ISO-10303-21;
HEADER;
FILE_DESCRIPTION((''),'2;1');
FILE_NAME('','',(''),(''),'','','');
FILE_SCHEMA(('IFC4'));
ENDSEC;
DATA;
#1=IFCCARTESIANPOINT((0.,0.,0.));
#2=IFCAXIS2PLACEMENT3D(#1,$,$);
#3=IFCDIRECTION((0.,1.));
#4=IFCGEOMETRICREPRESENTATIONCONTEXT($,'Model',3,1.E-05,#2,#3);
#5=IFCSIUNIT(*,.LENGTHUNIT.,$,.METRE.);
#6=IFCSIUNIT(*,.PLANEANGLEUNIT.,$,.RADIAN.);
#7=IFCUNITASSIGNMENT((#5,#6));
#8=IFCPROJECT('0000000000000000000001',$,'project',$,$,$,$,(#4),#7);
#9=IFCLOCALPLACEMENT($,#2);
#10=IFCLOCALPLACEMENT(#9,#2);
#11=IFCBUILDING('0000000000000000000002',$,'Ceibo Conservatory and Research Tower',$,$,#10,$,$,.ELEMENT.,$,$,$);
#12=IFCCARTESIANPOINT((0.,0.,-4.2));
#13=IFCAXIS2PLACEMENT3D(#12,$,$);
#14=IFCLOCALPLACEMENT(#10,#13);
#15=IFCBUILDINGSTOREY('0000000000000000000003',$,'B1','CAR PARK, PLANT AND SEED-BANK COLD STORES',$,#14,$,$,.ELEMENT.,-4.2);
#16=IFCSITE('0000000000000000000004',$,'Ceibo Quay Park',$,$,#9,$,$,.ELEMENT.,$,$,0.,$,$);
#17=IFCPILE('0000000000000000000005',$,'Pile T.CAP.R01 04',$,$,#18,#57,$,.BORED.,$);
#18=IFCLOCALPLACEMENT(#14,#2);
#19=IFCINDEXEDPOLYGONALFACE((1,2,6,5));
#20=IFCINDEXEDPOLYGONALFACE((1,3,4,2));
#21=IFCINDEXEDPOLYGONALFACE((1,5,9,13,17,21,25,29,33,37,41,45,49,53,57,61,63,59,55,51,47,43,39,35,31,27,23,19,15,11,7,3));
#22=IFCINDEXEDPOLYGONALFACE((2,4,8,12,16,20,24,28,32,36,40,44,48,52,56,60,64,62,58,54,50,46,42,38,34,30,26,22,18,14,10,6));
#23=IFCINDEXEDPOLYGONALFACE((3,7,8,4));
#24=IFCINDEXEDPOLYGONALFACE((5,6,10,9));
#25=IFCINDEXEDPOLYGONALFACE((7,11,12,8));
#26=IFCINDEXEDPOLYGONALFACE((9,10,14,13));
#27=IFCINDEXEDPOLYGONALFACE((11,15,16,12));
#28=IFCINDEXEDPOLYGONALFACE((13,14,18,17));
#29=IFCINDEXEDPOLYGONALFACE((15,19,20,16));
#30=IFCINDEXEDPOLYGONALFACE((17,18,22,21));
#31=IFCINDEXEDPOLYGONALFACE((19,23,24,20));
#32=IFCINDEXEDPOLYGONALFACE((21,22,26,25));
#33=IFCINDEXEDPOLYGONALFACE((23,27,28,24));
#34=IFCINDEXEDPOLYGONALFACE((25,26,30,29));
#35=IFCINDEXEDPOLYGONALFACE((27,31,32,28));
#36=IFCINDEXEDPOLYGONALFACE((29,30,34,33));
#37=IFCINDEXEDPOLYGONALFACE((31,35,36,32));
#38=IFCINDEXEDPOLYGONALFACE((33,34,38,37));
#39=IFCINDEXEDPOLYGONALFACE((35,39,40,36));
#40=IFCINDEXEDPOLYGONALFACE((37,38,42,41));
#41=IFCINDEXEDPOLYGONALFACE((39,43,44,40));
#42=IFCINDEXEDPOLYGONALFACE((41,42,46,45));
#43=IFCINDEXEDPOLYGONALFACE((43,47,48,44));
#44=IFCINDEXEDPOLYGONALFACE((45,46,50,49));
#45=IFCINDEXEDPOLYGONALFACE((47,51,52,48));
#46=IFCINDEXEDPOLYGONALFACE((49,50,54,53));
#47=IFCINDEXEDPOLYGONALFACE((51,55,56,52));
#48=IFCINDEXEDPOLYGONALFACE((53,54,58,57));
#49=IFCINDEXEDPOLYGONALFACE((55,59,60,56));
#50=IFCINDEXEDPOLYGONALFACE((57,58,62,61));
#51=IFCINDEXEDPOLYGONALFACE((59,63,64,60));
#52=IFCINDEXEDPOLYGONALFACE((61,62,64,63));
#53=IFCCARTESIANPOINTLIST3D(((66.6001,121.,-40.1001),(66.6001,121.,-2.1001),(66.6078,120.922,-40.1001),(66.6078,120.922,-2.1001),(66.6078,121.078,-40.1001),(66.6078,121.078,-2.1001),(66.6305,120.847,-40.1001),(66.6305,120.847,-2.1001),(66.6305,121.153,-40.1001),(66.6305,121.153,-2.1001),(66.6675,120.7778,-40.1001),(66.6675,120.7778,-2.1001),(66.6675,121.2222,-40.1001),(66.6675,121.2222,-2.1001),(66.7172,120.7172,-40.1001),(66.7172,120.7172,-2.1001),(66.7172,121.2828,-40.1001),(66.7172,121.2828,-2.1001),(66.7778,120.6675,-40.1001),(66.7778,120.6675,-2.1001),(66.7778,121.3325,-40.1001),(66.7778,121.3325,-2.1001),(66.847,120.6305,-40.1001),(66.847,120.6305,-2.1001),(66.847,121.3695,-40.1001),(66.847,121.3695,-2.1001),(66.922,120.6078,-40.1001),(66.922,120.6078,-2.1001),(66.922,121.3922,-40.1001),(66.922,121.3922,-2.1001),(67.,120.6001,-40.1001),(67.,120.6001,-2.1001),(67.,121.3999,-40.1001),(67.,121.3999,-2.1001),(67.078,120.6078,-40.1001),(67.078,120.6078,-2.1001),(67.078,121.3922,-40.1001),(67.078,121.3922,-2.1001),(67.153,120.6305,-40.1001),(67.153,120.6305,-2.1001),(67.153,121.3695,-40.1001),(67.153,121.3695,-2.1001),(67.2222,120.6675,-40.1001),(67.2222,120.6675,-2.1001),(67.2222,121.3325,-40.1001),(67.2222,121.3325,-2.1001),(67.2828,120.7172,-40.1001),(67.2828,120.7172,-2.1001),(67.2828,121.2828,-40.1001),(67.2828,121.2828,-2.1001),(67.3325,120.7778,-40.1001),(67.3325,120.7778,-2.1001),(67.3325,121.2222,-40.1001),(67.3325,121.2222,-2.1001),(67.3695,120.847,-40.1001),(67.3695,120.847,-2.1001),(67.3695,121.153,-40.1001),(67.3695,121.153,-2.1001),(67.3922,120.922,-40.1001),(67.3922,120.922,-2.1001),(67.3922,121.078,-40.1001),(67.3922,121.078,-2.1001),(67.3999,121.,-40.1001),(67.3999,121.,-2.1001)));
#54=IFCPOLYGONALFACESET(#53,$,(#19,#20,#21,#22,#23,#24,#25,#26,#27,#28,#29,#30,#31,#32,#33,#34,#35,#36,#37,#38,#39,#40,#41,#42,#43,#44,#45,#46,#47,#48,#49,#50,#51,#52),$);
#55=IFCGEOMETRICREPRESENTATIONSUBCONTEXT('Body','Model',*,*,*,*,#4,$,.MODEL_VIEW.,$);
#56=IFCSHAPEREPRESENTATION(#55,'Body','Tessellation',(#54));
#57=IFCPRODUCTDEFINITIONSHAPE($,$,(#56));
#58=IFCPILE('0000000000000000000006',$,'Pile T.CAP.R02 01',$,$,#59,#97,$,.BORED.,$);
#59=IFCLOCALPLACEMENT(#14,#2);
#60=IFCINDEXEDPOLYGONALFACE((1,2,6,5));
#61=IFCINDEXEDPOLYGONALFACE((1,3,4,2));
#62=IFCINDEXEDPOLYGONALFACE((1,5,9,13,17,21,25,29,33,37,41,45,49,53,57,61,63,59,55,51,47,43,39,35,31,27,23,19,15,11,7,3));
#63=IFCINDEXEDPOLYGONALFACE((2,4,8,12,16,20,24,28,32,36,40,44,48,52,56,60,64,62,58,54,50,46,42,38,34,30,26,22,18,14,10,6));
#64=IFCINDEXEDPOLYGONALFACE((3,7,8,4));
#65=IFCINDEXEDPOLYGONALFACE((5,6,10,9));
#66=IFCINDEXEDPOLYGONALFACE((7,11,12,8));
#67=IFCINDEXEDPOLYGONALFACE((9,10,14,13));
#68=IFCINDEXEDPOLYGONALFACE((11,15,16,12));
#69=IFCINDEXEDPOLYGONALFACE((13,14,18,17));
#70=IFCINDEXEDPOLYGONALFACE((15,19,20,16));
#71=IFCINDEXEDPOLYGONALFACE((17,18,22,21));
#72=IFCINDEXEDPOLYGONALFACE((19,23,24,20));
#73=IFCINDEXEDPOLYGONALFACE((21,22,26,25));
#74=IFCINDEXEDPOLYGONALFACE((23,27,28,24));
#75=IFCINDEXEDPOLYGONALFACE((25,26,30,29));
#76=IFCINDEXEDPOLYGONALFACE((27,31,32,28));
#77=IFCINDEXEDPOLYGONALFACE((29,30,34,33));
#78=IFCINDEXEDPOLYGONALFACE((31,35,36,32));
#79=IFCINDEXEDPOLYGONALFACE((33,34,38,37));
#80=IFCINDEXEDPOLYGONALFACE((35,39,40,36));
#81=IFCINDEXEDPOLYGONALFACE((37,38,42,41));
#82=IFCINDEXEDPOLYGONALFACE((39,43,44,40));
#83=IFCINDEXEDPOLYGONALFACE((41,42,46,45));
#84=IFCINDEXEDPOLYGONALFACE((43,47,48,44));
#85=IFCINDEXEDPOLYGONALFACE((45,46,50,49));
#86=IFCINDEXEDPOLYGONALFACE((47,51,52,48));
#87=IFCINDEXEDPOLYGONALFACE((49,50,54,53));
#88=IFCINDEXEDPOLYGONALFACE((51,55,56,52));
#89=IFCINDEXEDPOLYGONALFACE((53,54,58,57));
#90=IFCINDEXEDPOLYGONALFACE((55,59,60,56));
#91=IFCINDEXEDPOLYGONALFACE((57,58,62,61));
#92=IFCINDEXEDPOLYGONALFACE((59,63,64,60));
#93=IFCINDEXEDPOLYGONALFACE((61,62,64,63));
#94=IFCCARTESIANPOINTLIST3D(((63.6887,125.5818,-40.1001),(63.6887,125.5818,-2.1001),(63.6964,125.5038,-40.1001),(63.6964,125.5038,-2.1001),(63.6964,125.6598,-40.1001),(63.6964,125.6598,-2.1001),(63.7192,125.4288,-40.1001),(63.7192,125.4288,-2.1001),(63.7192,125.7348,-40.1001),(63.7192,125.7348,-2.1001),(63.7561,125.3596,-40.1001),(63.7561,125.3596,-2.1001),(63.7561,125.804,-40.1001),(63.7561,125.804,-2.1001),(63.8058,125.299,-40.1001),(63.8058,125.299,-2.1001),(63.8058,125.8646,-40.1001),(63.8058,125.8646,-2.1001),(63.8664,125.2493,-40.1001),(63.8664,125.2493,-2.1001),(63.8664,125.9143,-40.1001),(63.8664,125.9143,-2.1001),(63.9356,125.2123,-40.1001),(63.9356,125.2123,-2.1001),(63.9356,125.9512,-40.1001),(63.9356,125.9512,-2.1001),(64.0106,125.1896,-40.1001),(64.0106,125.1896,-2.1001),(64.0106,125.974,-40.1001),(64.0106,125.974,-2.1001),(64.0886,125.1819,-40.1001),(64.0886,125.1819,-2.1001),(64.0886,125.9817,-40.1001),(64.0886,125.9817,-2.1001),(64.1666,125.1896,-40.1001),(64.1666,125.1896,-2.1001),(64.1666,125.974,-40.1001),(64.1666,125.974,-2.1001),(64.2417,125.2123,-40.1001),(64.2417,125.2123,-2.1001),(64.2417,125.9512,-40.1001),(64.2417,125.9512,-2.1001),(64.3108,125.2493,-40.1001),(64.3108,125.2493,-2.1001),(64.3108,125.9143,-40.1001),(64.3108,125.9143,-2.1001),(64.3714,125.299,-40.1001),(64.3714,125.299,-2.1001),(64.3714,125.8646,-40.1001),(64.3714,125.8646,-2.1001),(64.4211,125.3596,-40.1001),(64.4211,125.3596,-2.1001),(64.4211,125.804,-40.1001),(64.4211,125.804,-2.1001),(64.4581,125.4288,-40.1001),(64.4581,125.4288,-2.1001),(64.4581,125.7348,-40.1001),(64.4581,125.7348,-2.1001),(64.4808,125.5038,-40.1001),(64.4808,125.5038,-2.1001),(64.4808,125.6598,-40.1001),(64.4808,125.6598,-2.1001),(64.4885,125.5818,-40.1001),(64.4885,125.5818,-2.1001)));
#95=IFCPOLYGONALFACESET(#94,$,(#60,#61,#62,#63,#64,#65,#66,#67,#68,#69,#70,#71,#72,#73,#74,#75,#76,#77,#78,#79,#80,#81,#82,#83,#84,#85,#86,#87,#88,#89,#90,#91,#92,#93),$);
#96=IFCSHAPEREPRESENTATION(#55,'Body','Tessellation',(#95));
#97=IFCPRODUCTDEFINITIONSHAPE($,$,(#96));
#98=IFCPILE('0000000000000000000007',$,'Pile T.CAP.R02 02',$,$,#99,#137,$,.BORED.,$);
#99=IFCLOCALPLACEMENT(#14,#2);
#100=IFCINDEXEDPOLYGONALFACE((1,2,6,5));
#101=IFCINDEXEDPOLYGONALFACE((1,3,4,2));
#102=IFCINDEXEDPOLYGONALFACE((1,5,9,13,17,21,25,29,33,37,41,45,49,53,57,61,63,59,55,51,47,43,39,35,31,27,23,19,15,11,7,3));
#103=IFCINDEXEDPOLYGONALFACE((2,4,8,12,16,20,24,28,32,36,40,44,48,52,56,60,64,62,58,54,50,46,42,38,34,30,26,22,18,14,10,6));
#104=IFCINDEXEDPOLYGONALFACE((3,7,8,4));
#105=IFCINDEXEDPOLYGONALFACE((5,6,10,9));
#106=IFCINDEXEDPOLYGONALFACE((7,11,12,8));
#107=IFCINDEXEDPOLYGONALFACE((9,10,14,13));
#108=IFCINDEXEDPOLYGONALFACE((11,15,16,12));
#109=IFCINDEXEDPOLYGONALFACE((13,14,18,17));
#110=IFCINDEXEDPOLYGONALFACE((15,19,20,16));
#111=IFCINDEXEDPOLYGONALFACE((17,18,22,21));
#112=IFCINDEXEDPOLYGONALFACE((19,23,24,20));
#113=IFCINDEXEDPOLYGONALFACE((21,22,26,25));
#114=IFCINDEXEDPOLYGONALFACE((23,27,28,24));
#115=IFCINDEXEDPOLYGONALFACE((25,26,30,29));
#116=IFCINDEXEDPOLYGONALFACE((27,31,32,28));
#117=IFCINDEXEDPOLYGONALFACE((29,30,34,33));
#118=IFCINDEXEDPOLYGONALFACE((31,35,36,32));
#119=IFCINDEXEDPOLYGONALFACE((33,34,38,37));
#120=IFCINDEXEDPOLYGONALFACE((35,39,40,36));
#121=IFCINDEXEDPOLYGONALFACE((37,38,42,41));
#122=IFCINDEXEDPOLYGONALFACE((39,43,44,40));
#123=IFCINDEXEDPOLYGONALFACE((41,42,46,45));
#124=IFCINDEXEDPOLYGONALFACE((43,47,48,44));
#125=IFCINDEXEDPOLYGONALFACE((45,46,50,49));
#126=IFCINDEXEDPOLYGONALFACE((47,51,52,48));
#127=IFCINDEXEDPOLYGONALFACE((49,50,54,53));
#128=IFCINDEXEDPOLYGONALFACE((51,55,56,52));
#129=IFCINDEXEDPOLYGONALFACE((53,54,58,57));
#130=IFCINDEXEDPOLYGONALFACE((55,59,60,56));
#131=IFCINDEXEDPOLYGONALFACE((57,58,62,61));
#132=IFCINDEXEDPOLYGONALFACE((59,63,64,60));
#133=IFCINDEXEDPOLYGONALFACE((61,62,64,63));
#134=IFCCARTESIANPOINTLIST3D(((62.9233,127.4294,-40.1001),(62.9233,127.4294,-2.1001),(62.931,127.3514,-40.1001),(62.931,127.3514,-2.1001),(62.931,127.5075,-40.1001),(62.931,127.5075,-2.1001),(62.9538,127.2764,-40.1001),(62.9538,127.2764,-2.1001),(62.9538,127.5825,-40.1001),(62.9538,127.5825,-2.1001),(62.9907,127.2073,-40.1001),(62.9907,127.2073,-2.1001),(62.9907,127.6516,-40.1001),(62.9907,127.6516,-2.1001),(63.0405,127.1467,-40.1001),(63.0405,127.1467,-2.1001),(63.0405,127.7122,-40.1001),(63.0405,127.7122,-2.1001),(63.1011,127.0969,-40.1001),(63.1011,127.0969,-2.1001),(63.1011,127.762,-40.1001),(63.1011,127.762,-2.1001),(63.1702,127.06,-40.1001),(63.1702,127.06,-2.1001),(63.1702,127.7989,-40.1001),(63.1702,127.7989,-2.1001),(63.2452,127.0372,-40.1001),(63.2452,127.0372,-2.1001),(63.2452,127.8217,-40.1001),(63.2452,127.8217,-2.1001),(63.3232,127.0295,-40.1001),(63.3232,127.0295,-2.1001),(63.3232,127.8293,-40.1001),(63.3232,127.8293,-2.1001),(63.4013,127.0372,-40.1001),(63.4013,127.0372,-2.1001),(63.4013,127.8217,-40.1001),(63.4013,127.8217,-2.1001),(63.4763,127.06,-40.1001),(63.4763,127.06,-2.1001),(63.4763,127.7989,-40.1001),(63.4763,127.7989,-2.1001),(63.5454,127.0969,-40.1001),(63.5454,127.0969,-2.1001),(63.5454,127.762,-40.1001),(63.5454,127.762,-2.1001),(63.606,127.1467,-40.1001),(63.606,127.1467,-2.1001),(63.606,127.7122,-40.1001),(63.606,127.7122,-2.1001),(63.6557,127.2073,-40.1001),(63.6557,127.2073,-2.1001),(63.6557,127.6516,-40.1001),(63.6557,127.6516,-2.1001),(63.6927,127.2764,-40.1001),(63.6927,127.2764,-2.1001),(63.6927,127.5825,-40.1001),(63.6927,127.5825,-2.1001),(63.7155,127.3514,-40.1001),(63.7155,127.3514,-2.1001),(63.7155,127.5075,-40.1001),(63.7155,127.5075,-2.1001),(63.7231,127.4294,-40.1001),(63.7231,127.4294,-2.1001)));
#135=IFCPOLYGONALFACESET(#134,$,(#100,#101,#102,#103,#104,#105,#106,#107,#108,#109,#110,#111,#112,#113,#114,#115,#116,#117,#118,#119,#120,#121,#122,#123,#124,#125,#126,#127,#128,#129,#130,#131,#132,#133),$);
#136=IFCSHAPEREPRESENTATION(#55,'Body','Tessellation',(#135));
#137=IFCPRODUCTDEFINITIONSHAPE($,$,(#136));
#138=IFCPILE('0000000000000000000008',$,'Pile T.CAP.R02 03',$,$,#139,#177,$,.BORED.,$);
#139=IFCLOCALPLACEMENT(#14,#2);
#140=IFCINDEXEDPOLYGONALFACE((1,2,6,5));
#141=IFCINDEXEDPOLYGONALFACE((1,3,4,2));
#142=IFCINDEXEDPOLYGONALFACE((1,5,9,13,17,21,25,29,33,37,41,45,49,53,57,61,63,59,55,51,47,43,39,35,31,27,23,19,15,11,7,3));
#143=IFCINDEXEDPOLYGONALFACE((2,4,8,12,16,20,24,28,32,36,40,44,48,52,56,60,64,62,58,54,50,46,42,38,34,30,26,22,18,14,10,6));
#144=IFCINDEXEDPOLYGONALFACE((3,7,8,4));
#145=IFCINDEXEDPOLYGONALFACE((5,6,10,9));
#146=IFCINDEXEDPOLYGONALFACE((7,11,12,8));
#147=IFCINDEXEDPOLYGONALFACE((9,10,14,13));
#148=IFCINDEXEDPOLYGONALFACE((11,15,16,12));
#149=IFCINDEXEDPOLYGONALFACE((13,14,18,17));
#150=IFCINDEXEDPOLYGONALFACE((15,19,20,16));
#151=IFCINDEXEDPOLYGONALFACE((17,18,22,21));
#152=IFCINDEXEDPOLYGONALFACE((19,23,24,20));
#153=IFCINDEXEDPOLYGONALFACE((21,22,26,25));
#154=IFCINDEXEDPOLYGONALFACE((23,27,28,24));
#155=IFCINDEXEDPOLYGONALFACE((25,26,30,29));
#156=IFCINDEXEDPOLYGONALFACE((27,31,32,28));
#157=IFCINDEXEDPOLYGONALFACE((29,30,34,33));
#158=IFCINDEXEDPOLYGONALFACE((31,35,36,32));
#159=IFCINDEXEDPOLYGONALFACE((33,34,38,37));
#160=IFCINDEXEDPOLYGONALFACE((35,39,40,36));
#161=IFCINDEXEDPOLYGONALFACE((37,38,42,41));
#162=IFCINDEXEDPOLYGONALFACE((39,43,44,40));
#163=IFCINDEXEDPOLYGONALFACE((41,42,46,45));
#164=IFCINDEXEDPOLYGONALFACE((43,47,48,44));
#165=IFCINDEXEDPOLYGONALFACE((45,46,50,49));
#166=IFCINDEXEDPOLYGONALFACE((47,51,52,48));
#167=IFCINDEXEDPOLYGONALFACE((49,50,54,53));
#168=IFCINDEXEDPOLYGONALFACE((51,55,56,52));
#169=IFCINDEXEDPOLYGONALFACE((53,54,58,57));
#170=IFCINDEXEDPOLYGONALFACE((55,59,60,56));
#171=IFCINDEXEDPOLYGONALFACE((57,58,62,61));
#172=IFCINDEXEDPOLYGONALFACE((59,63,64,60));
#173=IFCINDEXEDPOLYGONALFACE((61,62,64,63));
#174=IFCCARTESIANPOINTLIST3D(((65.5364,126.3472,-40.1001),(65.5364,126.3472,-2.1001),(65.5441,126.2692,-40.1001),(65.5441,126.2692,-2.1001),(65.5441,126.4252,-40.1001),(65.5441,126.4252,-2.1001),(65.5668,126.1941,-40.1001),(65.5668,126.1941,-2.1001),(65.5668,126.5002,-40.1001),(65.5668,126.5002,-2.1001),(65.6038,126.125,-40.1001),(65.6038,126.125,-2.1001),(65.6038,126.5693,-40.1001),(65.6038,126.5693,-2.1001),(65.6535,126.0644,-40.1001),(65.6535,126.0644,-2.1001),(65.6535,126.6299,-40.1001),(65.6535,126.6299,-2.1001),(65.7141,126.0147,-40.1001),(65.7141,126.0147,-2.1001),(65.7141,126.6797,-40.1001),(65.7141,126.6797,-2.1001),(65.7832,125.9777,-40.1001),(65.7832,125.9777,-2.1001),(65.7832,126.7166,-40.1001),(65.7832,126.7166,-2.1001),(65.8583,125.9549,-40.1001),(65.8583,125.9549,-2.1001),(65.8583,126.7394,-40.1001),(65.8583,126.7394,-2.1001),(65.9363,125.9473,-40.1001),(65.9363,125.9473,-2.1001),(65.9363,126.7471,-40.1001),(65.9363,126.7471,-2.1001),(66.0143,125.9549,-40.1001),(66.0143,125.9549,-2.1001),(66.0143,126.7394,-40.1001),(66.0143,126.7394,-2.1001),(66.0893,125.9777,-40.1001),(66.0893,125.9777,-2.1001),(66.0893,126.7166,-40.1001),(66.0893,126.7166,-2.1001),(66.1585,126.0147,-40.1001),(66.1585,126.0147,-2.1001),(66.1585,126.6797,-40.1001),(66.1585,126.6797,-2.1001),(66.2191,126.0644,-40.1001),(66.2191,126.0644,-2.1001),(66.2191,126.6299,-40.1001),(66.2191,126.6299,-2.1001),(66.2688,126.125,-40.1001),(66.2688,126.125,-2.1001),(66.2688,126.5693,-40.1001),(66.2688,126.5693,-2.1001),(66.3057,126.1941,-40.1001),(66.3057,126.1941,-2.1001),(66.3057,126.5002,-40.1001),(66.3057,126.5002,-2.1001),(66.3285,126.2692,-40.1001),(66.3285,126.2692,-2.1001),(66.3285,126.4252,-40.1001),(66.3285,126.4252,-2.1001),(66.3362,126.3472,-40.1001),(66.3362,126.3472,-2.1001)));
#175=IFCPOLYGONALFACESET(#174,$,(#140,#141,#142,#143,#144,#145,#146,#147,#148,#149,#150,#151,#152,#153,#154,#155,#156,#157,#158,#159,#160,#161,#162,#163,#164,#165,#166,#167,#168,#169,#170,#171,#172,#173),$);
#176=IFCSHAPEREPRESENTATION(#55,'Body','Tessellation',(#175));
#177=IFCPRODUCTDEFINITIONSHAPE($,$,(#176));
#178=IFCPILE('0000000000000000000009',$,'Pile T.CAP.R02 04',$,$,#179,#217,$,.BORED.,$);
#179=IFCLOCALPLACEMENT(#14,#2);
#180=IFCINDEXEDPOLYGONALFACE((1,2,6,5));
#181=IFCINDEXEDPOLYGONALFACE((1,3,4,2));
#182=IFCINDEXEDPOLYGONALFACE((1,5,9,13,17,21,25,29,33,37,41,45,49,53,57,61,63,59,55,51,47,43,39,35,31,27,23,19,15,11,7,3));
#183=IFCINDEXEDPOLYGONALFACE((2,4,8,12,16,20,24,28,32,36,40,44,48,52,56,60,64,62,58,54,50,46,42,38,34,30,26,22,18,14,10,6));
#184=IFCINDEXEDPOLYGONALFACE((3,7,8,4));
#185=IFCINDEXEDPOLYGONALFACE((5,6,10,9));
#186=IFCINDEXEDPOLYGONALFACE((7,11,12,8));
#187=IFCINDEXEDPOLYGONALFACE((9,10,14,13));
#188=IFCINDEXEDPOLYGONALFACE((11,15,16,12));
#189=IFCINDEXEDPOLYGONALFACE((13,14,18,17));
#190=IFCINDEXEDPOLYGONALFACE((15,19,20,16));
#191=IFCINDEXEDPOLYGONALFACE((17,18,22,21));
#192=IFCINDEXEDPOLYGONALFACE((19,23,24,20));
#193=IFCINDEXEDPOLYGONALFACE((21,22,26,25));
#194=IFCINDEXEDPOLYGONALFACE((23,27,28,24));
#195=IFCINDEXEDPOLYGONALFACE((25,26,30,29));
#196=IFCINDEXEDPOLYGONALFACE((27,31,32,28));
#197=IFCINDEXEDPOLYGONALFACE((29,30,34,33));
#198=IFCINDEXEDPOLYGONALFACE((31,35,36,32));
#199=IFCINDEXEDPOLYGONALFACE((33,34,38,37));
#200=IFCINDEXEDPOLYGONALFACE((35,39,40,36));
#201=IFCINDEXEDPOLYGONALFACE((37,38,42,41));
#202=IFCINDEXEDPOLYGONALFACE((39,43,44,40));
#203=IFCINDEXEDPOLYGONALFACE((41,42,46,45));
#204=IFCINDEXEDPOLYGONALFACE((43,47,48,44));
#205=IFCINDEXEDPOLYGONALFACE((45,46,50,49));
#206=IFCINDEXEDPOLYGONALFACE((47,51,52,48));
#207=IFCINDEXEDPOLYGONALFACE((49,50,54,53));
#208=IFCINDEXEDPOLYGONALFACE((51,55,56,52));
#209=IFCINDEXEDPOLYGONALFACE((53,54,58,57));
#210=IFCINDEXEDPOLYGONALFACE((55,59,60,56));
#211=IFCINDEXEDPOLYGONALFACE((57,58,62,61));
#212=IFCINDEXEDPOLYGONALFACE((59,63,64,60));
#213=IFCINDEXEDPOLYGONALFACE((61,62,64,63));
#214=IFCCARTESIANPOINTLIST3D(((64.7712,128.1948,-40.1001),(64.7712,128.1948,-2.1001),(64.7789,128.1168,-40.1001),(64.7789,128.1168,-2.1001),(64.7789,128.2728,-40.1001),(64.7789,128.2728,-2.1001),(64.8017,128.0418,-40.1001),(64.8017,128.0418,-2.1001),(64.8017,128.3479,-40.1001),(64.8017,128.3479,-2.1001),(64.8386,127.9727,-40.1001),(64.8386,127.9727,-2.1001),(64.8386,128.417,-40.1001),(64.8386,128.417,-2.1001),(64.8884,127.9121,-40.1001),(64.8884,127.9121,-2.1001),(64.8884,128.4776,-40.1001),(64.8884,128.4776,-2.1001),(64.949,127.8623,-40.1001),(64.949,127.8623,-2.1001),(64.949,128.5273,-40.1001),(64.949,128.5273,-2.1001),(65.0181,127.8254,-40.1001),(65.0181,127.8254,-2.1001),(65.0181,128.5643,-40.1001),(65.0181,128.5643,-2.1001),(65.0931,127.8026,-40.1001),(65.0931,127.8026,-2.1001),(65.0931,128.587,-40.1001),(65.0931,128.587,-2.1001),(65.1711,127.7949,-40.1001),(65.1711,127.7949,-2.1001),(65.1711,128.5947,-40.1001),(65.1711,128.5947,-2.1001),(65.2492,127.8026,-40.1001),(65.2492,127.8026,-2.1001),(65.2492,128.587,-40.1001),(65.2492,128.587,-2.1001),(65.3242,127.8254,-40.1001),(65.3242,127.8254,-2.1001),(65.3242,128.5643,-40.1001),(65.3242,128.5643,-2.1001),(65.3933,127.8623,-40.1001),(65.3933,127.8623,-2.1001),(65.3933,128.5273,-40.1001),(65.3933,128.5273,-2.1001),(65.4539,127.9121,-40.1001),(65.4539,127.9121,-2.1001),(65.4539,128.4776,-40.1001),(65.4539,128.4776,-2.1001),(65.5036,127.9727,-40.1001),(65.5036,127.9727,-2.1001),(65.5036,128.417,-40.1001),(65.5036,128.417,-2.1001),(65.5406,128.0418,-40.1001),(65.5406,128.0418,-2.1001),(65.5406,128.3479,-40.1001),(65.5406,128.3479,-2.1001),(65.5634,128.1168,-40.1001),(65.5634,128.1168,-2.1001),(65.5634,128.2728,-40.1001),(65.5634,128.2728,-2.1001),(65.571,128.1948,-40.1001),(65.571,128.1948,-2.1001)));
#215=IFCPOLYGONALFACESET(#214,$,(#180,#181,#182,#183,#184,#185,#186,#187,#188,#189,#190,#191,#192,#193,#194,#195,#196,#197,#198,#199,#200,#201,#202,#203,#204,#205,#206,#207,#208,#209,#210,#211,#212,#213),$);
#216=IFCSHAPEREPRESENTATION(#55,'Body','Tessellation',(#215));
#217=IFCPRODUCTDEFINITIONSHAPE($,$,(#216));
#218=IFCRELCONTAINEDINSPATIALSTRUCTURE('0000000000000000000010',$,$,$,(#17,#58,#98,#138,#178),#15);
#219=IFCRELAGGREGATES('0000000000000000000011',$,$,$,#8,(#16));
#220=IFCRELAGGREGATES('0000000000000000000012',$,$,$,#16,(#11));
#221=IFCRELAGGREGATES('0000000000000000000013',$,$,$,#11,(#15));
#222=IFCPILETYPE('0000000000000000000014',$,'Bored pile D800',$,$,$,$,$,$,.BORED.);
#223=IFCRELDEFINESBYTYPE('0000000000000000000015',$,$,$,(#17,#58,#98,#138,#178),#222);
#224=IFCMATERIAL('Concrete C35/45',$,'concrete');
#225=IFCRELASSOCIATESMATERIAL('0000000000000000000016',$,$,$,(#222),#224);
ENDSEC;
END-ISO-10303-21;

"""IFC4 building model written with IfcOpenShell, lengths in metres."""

from ifc_helpers import new_model, si_unit, direction, frame, origin, origin_2d, place, context, subcontext, project, spatial, circle, extrude, material, material_profile, profile_set, type_object, element, save


model = new_model("IFC4")

# Units and contexts
model_context = context("Model", 3, precision=1e-05, world=origin(), true_north=direction((0.0, 1.0)))
body_context = subcontext(model_context, "Body", "Model", "MODEL_VIEW")
ifc_project = project(units=[si_unit("LENGTHUNIT", "METRE"), si_unit("PLANEANGLEUNIT", "RADIAN")], contexts=[model_context])

# Site, building, storey
site_placement = place(None, origin())
site = spatial("IfcSite", under=ifc_project, at=site_placement, Name="Ceibo Quay Park", CompositionType="ELEMENT", RefElevation=0.0)
building_placement = place(site_placement, origin())
building = spatial("IfcBuilding", under=site, at=building_placement, Name="Ceibo Conservatory and Research Tower", CompositionType="ELEMENT")
storey_placement = place(building_placement, frame((0.0, 0.0, -4.2)))
storey = spatial("IfcBuildingStorey", under=building, at=storey_placement, Name="B1", Description="CAR PARK, PLANT AND SEED-BANK COLD STORES", CompositionType="ELEMENT", Elevation=-4.2)

# Piles
ifc_material_1 = material(Name="Concrete C35/45", Category="concrete")
ifc_material_profile_1 = material_profile(ifc_material_1, circle(Radius=0.3999, at=origin_2d()), Name="RC D800")
ifc_profile_set_1 = profile_set([ifc_material_profile_1], Name="Concrete C35/45")
pile_type_1 = type_object("IfcPileType", Name="Bored pile D800", PredefinedType="BORED", material=ifc_profile_set_1)
for number, where, z_axis, x_axis, name in (
    (1, (67.0, 121.0, -2.1001), (0.0, 0.0, -1.0), (1.0, 0.0, 0.0), "Pile T.CAP.R01 04"),
    (2, (64.0886, 125.5818, -2.1001), (0.0, 0.0, -1.0), (1.0, 0.0, 0.0), "Pile T.CAP.R02 01"),
    (3, (63.3232, 127.4294, -2.1001), (0.0, 0.0, -1.0), (1.0, 0.0, 0.0), "Pile T.CAP.R02 02"),
    (4, (65.9363, 126.3472, -2.1001), (0.0, 0.0, -1.0), (1.0, 0.0, 0.0), "Pile T.CAP.R02 03"),
    (5, (65.1711, 128.1948, -2.1001), (0.0, 0.0, -1.0), (1.0, 0.0, 0.0), "Pile T.CAP.R02 04"),
):
    element("IfcPile", number, at=place(storey_placement, frame(where, z_axis=z_axis, x_axis=x_axis)), inside=storey, type_object=pile_type_1, Name=name, PredefinedType="BORED", context=body_context, shape_type="SweptSolid", body=[
        extrude(circle(Radius=0.3999, at=origin_2d()), origin(), (0.0, 0.0, 1.0), 38.0),
    ])

save(model, "model.ifc")
